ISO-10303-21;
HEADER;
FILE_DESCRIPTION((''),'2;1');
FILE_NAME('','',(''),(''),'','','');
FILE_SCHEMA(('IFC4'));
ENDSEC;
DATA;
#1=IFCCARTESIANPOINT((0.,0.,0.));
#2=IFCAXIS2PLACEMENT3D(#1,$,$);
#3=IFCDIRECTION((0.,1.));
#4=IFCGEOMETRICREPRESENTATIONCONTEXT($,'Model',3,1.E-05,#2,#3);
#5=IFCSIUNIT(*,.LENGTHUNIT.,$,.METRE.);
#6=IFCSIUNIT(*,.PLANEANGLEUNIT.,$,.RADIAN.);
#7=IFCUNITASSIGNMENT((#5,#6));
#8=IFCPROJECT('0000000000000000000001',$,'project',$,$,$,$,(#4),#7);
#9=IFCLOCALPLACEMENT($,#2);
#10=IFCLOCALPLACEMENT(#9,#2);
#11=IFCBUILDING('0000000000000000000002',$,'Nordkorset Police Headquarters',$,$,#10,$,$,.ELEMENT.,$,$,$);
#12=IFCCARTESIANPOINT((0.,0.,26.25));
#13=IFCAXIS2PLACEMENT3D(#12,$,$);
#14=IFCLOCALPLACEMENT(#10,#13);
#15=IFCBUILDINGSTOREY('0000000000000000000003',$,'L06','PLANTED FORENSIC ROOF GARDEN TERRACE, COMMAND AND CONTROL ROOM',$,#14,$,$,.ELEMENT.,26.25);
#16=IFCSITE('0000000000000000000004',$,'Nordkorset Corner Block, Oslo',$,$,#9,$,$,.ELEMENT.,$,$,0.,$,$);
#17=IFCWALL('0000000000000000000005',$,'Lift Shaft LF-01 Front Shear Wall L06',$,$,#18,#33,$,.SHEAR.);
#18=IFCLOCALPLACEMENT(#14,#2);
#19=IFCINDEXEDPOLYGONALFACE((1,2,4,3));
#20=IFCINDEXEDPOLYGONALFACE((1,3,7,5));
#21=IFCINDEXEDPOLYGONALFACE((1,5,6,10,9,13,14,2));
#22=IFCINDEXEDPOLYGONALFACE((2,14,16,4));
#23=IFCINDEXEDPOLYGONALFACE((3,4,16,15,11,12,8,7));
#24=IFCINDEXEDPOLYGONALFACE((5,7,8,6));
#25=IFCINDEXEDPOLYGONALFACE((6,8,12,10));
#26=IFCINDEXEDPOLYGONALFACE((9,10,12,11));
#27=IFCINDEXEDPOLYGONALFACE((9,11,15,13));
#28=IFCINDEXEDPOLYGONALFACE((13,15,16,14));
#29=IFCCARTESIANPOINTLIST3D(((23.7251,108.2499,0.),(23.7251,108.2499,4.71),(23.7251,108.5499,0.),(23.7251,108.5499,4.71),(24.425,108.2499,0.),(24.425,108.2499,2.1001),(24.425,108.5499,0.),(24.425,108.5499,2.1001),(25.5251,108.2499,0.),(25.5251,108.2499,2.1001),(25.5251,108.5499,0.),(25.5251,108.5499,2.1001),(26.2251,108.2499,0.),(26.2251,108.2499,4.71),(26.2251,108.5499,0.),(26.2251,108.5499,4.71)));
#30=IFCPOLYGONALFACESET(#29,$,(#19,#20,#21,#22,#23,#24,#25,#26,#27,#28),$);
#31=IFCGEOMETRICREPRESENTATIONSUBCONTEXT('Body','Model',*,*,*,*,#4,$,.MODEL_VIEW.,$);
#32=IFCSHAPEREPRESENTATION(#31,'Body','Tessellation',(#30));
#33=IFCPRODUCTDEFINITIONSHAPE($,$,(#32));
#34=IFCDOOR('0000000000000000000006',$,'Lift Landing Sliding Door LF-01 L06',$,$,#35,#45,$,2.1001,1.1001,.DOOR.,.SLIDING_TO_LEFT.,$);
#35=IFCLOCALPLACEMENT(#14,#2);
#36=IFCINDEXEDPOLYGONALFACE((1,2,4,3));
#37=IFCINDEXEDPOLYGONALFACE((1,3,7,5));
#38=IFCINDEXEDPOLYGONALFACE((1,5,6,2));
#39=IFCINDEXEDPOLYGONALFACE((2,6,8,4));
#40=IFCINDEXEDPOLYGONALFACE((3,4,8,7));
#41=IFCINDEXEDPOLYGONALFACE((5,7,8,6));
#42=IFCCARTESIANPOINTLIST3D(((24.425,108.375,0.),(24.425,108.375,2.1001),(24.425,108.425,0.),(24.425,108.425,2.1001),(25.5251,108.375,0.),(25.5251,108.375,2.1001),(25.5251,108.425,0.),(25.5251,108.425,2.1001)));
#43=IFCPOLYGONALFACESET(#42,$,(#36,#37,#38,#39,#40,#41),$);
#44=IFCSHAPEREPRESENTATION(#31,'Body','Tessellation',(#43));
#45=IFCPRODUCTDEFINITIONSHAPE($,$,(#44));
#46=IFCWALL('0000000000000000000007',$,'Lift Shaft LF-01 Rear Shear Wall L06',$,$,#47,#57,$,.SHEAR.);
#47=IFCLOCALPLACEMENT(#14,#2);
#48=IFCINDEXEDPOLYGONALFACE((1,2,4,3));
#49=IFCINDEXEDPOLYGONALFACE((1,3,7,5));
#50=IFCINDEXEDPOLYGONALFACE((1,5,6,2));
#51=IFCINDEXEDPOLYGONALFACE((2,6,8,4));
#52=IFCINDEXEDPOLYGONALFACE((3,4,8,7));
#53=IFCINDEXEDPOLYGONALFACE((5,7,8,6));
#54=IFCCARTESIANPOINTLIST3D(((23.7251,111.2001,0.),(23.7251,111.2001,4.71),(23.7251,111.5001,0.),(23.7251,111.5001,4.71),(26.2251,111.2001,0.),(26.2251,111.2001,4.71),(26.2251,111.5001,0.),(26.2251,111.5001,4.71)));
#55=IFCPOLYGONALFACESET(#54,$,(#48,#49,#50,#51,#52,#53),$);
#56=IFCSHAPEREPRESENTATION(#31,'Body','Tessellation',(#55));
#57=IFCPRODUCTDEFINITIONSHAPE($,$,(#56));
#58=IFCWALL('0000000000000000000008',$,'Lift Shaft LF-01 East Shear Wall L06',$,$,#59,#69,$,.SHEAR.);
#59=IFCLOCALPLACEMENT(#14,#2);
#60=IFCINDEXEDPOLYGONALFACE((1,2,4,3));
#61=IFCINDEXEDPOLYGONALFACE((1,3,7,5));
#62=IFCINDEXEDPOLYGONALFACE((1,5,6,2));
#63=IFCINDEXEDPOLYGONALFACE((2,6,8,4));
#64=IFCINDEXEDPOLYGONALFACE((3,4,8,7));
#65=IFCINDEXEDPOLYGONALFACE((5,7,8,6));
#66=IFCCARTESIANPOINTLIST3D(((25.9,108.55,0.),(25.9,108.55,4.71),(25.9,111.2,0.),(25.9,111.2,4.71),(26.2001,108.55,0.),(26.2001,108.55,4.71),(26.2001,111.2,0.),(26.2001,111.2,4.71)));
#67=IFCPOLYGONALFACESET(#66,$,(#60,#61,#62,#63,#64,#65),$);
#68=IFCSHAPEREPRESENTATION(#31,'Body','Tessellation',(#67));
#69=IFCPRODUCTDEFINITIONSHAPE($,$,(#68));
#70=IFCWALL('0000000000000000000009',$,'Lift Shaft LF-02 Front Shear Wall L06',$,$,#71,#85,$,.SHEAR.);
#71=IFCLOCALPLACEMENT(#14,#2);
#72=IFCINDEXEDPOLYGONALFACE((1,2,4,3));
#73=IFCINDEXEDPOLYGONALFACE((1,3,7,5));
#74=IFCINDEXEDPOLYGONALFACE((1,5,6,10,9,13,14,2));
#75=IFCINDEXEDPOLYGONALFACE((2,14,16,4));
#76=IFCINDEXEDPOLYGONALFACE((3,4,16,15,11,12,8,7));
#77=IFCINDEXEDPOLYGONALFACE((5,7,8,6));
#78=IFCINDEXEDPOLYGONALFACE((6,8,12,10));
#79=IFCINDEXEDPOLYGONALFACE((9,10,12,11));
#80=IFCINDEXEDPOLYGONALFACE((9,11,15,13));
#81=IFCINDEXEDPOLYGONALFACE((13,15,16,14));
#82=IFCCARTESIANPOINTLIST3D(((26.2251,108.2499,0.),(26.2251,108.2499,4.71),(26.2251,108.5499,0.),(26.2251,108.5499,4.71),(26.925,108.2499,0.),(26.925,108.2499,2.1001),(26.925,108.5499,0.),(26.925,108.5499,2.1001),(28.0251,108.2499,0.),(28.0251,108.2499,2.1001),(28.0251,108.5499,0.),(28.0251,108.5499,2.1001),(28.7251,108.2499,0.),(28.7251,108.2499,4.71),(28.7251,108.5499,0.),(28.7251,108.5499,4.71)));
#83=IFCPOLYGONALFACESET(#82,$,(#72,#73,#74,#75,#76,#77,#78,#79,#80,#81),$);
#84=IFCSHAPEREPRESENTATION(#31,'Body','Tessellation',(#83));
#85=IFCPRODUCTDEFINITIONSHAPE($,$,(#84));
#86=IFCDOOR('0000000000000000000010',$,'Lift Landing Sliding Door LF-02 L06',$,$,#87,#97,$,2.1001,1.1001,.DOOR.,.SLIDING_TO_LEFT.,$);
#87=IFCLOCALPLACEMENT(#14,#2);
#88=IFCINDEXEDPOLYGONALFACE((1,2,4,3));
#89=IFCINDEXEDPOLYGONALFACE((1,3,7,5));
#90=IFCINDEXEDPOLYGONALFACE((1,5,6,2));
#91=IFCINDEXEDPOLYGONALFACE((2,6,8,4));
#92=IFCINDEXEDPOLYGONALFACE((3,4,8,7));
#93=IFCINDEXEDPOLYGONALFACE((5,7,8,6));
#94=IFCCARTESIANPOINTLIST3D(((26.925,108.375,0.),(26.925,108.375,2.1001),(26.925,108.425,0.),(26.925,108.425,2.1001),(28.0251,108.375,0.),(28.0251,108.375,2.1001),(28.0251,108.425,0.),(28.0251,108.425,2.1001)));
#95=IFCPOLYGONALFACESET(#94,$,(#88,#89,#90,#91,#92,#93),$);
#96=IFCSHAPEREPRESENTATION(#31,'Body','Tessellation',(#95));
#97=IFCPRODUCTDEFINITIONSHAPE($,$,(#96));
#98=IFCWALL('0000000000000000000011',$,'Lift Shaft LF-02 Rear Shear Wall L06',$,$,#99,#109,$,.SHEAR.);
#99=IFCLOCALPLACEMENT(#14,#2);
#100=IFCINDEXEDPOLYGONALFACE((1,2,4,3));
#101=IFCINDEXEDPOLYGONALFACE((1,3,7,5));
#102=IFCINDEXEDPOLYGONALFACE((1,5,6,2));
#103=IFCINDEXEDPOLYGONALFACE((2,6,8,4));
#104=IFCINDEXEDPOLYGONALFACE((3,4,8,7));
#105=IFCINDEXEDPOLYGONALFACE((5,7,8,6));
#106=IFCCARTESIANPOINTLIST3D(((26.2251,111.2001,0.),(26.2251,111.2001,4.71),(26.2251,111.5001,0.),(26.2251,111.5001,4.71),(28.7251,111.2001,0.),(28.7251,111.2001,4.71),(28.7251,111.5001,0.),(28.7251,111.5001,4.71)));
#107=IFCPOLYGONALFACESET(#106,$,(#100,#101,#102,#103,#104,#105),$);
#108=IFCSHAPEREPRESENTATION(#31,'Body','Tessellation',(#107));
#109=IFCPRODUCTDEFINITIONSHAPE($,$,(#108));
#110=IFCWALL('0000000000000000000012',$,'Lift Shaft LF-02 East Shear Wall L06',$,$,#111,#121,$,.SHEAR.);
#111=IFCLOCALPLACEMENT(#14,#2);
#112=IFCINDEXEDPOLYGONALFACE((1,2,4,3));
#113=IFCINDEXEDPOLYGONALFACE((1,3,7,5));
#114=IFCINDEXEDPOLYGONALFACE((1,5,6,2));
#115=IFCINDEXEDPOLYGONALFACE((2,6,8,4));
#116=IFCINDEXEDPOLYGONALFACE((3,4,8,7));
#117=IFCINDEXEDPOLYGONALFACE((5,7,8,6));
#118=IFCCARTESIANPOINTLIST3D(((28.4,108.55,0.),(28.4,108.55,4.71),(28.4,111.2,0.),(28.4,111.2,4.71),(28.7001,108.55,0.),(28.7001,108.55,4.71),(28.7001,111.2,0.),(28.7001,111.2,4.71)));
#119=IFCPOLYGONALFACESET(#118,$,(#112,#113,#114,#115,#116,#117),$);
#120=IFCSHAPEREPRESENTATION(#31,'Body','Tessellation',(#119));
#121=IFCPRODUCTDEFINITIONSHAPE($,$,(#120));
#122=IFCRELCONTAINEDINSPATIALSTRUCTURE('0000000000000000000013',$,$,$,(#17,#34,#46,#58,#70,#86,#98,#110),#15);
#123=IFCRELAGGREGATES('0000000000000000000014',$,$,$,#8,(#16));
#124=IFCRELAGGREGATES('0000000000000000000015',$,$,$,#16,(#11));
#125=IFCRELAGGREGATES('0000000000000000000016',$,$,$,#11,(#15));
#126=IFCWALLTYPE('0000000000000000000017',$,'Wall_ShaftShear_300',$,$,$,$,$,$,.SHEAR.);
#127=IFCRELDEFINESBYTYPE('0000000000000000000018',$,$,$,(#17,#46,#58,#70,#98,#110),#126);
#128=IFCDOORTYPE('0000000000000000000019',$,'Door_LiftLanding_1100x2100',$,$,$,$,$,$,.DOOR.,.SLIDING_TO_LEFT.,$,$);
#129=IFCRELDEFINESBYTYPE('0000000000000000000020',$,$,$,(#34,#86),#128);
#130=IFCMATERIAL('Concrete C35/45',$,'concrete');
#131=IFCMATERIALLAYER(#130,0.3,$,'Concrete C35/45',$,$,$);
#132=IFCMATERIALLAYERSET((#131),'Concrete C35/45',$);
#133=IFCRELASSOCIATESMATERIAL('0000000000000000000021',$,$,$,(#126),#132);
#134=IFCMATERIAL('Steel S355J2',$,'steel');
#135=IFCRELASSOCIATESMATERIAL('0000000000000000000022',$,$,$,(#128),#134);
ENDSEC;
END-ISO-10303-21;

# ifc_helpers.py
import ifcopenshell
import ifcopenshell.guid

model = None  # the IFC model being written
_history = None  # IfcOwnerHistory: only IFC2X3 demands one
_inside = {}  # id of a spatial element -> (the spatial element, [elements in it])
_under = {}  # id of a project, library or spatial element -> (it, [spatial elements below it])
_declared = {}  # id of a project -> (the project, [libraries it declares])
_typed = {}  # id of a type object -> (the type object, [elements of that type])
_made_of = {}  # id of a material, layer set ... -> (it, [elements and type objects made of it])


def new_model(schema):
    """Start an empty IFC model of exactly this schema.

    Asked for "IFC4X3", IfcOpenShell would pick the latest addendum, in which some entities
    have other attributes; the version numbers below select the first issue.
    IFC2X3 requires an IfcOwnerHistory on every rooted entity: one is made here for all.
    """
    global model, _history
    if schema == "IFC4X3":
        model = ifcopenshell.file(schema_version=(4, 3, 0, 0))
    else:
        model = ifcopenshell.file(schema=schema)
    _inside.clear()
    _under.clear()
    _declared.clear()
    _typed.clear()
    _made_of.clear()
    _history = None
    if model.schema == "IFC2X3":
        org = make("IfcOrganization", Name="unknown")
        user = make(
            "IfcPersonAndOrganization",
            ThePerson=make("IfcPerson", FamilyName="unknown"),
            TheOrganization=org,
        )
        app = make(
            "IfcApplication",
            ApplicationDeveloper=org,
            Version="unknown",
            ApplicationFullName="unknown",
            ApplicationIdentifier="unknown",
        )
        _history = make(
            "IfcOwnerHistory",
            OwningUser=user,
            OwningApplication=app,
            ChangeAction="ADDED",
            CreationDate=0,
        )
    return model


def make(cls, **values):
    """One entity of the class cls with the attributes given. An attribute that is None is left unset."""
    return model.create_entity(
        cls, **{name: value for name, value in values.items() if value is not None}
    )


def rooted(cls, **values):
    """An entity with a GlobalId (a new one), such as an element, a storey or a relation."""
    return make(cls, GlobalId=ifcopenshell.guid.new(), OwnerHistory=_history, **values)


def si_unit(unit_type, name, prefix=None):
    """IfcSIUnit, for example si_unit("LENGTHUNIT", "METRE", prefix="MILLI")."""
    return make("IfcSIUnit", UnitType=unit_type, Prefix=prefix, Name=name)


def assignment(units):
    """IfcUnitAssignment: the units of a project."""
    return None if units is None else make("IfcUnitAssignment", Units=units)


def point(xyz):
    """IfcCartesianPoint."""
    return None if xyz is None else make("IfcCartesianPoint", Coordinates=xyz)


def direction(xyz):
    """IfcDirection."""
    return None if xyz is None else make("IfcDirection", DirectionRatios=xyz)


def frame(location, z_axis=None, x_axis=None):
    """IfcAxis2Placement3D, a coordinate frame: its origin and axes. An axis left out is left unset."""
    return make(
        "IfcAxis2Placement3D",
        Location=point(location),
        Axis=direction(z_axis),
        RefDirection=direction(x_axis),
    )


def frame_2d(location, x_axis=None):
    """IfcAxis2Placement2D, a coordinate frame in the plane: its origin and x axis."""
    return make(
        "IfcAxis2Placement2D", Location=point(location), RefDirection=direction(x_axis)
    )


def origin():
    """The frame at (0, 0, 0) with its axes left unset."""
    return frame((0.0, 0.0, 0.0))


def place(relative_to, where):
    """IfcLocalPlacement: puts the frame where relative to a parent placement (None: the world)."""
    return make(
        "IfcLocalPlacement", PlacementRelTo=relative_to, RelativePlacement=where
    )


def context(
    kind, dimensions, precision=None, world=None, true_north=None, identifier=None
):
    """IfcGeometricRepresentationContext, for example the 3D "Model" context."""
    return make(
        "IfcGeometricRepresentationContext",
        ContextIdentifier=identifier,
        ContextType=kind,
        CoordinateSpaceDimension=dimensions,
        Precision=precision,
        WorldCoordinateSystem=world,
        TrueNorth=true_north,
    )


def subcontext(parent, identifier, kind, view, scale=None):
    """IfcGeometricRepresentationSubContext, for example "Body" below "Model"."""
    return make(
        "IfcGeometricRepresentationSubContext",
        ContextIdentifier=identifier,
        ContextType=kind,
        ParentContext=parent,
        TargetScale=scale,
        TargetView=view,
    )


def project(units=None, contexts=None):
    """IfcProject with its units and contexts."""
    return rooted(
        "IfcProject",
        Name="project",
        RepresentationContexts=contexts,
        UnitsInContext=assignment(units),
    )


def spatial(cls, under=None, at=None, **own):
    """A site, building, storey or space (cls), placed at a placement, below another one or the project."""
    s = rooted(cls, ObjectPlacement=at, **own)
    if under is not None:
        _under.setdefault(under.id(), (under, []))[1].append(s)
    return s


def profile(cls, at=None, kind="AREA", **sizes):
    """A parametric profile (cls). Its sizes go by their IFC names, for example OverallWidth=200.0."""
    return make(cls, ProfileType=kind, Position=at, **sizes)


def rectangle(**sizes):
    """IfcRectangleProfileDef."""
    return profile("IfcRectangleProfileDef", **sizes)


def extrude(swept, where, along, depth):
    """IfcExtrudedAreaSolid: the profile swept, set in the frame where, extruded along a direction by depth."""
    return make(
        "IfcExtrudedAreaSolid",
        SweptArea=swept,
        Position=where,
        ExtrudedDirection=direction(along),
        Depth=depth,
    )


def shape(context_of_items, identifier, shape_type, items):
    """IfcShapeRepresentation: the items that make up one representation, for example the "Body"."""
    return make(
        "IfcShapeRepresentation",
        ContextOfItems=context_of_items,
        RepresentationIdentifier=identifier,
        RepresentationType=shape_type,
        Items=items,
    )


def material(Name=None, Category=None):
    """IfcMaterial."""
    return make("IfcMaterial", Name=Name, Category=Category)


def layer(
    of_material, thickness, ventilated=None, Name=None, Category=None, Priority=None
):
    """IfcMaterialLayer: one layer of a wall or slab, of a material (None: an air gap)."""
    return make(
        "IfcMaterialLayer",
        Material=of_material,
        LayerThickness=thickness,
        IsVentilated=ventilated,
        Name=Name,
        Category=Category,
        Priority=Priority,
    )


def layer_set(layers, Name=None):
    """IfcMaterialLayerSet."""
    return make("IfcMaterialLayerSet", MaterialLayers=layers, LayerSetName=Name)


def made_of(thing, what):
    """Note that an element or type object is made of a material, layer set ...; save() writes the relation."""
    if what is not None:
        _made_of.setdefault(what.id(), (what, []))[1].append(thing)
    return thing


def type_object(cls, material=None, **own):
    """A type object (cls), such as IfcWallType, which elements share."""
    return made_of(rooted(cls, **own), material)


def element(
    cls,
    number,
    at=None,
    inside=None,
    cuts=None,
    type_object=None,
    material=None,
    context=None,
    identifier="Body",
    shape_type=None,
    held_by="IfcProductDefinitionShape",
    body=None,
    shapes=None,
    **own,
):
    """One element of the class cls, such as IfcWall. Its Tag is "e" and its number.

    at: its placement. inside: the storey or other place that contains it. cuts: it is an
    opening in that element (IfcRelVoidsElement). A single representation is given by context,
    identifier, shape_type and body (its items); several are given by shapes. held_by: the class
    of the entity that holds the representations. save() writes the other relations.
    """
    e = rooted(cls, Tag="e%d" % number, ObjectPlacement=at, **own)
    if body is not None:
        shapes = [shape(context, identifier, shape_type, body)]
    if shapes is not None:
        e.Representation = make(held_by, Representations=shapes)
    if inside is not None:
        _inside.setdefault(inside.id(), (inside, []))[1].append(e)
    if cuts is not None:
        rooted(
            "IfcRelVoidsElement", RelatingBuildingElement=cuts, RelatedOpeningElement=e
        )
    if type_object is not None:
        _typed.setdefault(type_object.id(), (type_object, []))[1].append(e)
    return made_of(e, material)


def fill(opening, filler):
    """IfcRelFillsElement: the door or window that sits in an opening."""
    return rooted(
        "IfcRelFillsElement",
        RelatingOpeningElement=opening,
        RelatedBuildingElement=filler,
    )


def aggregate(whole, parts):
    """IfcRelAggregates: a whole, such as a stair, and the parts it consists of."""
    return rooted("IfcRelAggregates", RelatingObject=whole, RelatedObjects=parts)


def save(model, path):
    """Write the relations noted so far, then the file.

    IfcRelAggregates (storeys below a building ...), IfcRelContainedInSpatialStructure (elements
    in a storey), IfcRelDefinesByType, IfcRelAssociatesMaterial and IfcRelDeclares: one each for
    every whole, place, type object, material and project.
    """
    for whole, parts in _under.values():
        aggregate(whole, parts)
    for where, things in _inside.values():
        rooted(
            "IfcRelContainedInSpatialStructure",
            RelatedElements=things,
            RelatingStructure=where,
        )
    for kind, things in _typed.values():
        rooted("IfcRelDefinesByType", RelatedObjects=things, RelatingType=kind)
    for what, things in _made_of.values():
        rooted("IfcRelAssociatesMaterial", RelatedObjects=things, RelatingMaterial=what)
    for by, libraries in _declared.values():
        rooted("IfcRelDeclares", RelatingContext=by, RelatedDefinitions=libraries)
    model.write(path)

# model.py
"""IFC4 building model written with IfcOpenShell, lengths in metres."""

from ifc_helpers import new_model, si_unit, direction, frame, frame_2d, origin, place, context, subcontext, project, spatial, rectangle, extrude, material, layer, layer_set, type_object, element, fill, save


model = new_model("IFC4")

# Units and contexts
model_context = context("Model", 3, precision=1e-05, world=origin(), true_north=direction((0.0, 1.0)))
body_context = subcontext(model_context, "Body", "Model", "MODEL_VIEW")
ifc_project = project(units=[si_unit("LENGTHUNIT", "METRE"), si_unit("PLANEANGLEUNIT", "RADIAN")], contexts=[model_context])

# Site, building, storey
site_placement = place(None, origin())
site = spatial("IfcSite", under=ifc_project, at=site_placement, Name="Nordkorset Corner Block, Oslo", CompositionType="ELEMENT", RefElevation=0.0)
building_placement = place(site_placement, origin())
building = spatial("IfcBuilding", under=site, at=building_placement, Name="Nordkorset Police Headquarters", CompositionType="ELEMENT")
storey_placement = place(building_placement, frame((0.0, 0.0, 26.25)))
storey = spatial("IfcBuildingStorey", under=building, at=storey_placement, Name="L06", Description="PLANTED FORENSIC ROOF GARDEN TERRACE, COMMAND AND CONTROL ROOM", CompositionType="ELEMENT", Elevation=26.25)

# Wall, opening, door
ifc_material_1 = material(Name="Concrete C35/45", Category="concrete")
ifc_layer_1 = layer(ifc_material_1, 0.3, Name="Concrete C35/45")
ifc_layer_set_1 = layer_set([ifc_layer_1], Name="Concrete C35/45")
wall_type_1 = type_object("IfcWallType", Name="Wall_ShaftShear_300", PredefinedType="SHEAR", material=ifc_layer_set_1)
wall_1_placement = place(storey_placement, frame((23.7251, 108.3999, 0.0), z_axis=(0.0, 0.0, 1.0), x_axis=(1.0, 0.0, 0.0)))
wall_1 = element("IfcWall", 1, at=wall_1_placement, inside=storey, type_object=wall_type_1, Name="Lift Shaft LF-01 Front Shear Wall L06", PredefinedType="SHEAR", context=body_context, shape_type="SweptSolid", body=[
    extrude(rectangle(XDim=2.5, YDim=0.3, at=frame_2d((1.25, 0.0))), origin(), (0.0, 0.0, 1.0), 4.71),
])
opening_1_placement = place(wall_1_placement, frame((0.7, 0.0, 0.0)))
opening_1 = element("IfcOpeningElement", 2, at=opening_1_placement, cuts=wall_1, PredefinedType="OPENING", context=body_context, shape_type="SweptSolid", body=[
    extrude(rectangle(XDim=1.1001, YDim=2.1001, at=frame_2d((0.55, 1.05))), frame((0.0, 0.1602, 0.0), z_axis=(0.0, -1.0, 0.0), x_axis=(1.0, 0.0, 0.0)), (0.0, 0.0, 1.0), 0.3201),
])
ifc_material_2 = material(Name="Steel S355J2", Category="steel")
door_type_1 = type_object("IfcDoorType", Name="Door_LiftLanding_1100x2100", OperationType="SLIDING_TO_LEFT", PredefinedType="DOOR", material=ifc_material_2)
door_1_placement = place(opening_1_placement, frame((1.1001, 0.0, 0.0), z_axis=(0.0, 0.0, 1.0), x_axis=(-1.0, 0.0, 0.0)))
door_1 = element("IfcDoor", 3, at=door_1_placement, inside=storey, type_object=door_type_1, Name="Lift Landing Sliding Door LF-01 L06", OperationType="SLIDING_TO_LEFT", OverallHeight=2.1001, OverallWidth=1.1001, PredefinedType="DOOR", context=body_context, shape_type="SweptSolid", body=[
    extrude(rectangle(XDim=1.1001, YDim=2.1001, at=frame_2d((0.55, 1.05))), frame((0.0, 0.0249, 0.0), z_axis=(0.0, -1.0, 0.0), x_axis=(1.0, 0.0, 0.0)), (0.0, 0.0, 1.0), 0.05),
])
fill(opening_1, door_1)

# Walls
wall_2_placement = place(storey_placement, frame((23.7251, 111.3501, 0.0), z_axis=(0.0, 0.0, 1.0), x_axis=(1.0, 0.0, 0.0)))
element("IfcWall", 4, at=wall_2_placement, inside=storey, type_object=wall_type_1, Name="Lift Shaft LF-01 Rear Shear Wall L06", PredefinedType="SHEAR", context=body_context, shape_type="SweptSolid", body=[
    extrude(rectangle(XDim=2.5, YDim=0.3, at=frame_2d((1.25, 0.0))), origin(), (0.0, 0.0, 1.0), 4.71),
])
wall_3_placement = place(storey_placement, frame((26.05, 108.55, 0.0), z_axis=(0.0, 0.0, 1.0), x_axis=(0.0, 1.0, 0.0)))
element("IfcWall", 5, at=wall_3_placement, inside=storey, type_object=wall_type_1, Name="Lift Shaft LF-01 East Shear Wall L06", PredefinedType="SHEAR", context=body_context, shape_type="SweptSolid", body=[
    extrude(rectangle(XDim=2.6499, YDim=0.3, at=frame_2d((1.325, 0.0))), origin(), (0.0, 0.0, 1.0), 4.71),
])

# Wall, opening, door
wall_4_placement = place(storey_placement, frame((26.2251, 108.3999, 0.0), z_axis=(0.0, 0.0, 1.0), x_axis=(1.0, 0.0, 0.0)))
wall_4 = element("IfcWall", 6, at=wall_4_placement, inside=storey, type_object=wall_type_1, Name="Lift Shaft LF-02 Front Shear Wall L06", PredefinedType="SHEAR", context=body_context, shape_type="SweptSolid", body=[
    extrude(rectangle(XDim=2.5, YDim=0.3, at=frame_2d((1.25, 0.0))), origin(), (0.0, 0.0, 1.0), 4.71),
])
opening_2_placement = place(wall_4_placement, frame((0.7, 0.0, 0.0)))
opening_2 = element("IfcOpeningElement", 7, at=opening_2_placement, cuts=wall_4, PredefinedType="OPENING", context=body_context, shape_type="SweptSolid", body=[
    extrude(rectangle(XDim=1.1001, YDim=2.1001, at=frame_2d((0.55, 1.05))), frame((0.0, 0.1602, 0.0), z_axis=(0.0, -1.0, 0.0), x_axis=(1.0, 0.0, 0.0)), (0.0, 0.0, 1.0), 0.3201),
])
door_2_placement = place(opening_2_placement, frame((1.1001, 0.0, 0.0), z_axis=(0.0, 0.0, 1.0), x_axis=(-1.0, 0.0, 0.0)))
door_2 = element("IfcDoor", 8, at=door_2_placement, inside=storey, type_object=door_type_1, Name="Lift Landing Sliding Door LF-02 L06", OperationType="SLIDING_TO_LEFT", OverallHeight=2.1001, OverallWidth=1.1001, PredefinedType="DOOR", context=body_context, shape_type="SweptSolid", body=[
    extrude(rectangle(XDim=1.1001, YDim=2.1001, at=frame_2d((0.55, 1.05))), frame((0.0, 0.0249, 0.0), z_axis=(0.0, -1.0, 0.0), x_axis=(1.0, 0.0, 0.0)), (0.0, 0.0, 1.0), 0.05),
])
fill(opening_2, door_2)

# Walls
wall_5_placement = place(storey_placement, frame((26.2251, 111.3501, 0.0), z_axis=(0.0, 0.0, 1.0), x_axis=(1.0, 0.0, 0.0)))
element("IfcWall", 9, at=wall_5_placement, inside=storey, type_object=wall_type_1, Name="Lift Shaft LF-02 Rear Shear Wall L06", PredefinedType="SHEAR", context=body_context, shape_type="SweptSolid", body=[
    extrude(rectangle(XDim=2.5, YDim=0.3, at=frame_2d((1.25, 0.0))), origin(), (0.0, 0.0, 1.0), 4.71),
])
wall_6_placement = place(storey_placement, frame((28.55, 108.55, 0.0), z_axis=(0.0, 0.0, 1.0), x_axis=(0.0, 1.0, 0.0)))
element("IfcWall", 10, at=wall_6_placement, inside=storey, type_object=wall_type_1, Name="Lift Shaft LF-02 East Shear Wall L06", PredefinedType="SHEAR", context=body_context, shape_type="SweptSolid", body=[
    extrude(rectangle(XDim=2.6499, YDim=0.3, at=frame_2d((1.325, 0.0))), origin(), (0.0, 0.0, 1.0), 4.71),
])

save(model, "model.ifc")
